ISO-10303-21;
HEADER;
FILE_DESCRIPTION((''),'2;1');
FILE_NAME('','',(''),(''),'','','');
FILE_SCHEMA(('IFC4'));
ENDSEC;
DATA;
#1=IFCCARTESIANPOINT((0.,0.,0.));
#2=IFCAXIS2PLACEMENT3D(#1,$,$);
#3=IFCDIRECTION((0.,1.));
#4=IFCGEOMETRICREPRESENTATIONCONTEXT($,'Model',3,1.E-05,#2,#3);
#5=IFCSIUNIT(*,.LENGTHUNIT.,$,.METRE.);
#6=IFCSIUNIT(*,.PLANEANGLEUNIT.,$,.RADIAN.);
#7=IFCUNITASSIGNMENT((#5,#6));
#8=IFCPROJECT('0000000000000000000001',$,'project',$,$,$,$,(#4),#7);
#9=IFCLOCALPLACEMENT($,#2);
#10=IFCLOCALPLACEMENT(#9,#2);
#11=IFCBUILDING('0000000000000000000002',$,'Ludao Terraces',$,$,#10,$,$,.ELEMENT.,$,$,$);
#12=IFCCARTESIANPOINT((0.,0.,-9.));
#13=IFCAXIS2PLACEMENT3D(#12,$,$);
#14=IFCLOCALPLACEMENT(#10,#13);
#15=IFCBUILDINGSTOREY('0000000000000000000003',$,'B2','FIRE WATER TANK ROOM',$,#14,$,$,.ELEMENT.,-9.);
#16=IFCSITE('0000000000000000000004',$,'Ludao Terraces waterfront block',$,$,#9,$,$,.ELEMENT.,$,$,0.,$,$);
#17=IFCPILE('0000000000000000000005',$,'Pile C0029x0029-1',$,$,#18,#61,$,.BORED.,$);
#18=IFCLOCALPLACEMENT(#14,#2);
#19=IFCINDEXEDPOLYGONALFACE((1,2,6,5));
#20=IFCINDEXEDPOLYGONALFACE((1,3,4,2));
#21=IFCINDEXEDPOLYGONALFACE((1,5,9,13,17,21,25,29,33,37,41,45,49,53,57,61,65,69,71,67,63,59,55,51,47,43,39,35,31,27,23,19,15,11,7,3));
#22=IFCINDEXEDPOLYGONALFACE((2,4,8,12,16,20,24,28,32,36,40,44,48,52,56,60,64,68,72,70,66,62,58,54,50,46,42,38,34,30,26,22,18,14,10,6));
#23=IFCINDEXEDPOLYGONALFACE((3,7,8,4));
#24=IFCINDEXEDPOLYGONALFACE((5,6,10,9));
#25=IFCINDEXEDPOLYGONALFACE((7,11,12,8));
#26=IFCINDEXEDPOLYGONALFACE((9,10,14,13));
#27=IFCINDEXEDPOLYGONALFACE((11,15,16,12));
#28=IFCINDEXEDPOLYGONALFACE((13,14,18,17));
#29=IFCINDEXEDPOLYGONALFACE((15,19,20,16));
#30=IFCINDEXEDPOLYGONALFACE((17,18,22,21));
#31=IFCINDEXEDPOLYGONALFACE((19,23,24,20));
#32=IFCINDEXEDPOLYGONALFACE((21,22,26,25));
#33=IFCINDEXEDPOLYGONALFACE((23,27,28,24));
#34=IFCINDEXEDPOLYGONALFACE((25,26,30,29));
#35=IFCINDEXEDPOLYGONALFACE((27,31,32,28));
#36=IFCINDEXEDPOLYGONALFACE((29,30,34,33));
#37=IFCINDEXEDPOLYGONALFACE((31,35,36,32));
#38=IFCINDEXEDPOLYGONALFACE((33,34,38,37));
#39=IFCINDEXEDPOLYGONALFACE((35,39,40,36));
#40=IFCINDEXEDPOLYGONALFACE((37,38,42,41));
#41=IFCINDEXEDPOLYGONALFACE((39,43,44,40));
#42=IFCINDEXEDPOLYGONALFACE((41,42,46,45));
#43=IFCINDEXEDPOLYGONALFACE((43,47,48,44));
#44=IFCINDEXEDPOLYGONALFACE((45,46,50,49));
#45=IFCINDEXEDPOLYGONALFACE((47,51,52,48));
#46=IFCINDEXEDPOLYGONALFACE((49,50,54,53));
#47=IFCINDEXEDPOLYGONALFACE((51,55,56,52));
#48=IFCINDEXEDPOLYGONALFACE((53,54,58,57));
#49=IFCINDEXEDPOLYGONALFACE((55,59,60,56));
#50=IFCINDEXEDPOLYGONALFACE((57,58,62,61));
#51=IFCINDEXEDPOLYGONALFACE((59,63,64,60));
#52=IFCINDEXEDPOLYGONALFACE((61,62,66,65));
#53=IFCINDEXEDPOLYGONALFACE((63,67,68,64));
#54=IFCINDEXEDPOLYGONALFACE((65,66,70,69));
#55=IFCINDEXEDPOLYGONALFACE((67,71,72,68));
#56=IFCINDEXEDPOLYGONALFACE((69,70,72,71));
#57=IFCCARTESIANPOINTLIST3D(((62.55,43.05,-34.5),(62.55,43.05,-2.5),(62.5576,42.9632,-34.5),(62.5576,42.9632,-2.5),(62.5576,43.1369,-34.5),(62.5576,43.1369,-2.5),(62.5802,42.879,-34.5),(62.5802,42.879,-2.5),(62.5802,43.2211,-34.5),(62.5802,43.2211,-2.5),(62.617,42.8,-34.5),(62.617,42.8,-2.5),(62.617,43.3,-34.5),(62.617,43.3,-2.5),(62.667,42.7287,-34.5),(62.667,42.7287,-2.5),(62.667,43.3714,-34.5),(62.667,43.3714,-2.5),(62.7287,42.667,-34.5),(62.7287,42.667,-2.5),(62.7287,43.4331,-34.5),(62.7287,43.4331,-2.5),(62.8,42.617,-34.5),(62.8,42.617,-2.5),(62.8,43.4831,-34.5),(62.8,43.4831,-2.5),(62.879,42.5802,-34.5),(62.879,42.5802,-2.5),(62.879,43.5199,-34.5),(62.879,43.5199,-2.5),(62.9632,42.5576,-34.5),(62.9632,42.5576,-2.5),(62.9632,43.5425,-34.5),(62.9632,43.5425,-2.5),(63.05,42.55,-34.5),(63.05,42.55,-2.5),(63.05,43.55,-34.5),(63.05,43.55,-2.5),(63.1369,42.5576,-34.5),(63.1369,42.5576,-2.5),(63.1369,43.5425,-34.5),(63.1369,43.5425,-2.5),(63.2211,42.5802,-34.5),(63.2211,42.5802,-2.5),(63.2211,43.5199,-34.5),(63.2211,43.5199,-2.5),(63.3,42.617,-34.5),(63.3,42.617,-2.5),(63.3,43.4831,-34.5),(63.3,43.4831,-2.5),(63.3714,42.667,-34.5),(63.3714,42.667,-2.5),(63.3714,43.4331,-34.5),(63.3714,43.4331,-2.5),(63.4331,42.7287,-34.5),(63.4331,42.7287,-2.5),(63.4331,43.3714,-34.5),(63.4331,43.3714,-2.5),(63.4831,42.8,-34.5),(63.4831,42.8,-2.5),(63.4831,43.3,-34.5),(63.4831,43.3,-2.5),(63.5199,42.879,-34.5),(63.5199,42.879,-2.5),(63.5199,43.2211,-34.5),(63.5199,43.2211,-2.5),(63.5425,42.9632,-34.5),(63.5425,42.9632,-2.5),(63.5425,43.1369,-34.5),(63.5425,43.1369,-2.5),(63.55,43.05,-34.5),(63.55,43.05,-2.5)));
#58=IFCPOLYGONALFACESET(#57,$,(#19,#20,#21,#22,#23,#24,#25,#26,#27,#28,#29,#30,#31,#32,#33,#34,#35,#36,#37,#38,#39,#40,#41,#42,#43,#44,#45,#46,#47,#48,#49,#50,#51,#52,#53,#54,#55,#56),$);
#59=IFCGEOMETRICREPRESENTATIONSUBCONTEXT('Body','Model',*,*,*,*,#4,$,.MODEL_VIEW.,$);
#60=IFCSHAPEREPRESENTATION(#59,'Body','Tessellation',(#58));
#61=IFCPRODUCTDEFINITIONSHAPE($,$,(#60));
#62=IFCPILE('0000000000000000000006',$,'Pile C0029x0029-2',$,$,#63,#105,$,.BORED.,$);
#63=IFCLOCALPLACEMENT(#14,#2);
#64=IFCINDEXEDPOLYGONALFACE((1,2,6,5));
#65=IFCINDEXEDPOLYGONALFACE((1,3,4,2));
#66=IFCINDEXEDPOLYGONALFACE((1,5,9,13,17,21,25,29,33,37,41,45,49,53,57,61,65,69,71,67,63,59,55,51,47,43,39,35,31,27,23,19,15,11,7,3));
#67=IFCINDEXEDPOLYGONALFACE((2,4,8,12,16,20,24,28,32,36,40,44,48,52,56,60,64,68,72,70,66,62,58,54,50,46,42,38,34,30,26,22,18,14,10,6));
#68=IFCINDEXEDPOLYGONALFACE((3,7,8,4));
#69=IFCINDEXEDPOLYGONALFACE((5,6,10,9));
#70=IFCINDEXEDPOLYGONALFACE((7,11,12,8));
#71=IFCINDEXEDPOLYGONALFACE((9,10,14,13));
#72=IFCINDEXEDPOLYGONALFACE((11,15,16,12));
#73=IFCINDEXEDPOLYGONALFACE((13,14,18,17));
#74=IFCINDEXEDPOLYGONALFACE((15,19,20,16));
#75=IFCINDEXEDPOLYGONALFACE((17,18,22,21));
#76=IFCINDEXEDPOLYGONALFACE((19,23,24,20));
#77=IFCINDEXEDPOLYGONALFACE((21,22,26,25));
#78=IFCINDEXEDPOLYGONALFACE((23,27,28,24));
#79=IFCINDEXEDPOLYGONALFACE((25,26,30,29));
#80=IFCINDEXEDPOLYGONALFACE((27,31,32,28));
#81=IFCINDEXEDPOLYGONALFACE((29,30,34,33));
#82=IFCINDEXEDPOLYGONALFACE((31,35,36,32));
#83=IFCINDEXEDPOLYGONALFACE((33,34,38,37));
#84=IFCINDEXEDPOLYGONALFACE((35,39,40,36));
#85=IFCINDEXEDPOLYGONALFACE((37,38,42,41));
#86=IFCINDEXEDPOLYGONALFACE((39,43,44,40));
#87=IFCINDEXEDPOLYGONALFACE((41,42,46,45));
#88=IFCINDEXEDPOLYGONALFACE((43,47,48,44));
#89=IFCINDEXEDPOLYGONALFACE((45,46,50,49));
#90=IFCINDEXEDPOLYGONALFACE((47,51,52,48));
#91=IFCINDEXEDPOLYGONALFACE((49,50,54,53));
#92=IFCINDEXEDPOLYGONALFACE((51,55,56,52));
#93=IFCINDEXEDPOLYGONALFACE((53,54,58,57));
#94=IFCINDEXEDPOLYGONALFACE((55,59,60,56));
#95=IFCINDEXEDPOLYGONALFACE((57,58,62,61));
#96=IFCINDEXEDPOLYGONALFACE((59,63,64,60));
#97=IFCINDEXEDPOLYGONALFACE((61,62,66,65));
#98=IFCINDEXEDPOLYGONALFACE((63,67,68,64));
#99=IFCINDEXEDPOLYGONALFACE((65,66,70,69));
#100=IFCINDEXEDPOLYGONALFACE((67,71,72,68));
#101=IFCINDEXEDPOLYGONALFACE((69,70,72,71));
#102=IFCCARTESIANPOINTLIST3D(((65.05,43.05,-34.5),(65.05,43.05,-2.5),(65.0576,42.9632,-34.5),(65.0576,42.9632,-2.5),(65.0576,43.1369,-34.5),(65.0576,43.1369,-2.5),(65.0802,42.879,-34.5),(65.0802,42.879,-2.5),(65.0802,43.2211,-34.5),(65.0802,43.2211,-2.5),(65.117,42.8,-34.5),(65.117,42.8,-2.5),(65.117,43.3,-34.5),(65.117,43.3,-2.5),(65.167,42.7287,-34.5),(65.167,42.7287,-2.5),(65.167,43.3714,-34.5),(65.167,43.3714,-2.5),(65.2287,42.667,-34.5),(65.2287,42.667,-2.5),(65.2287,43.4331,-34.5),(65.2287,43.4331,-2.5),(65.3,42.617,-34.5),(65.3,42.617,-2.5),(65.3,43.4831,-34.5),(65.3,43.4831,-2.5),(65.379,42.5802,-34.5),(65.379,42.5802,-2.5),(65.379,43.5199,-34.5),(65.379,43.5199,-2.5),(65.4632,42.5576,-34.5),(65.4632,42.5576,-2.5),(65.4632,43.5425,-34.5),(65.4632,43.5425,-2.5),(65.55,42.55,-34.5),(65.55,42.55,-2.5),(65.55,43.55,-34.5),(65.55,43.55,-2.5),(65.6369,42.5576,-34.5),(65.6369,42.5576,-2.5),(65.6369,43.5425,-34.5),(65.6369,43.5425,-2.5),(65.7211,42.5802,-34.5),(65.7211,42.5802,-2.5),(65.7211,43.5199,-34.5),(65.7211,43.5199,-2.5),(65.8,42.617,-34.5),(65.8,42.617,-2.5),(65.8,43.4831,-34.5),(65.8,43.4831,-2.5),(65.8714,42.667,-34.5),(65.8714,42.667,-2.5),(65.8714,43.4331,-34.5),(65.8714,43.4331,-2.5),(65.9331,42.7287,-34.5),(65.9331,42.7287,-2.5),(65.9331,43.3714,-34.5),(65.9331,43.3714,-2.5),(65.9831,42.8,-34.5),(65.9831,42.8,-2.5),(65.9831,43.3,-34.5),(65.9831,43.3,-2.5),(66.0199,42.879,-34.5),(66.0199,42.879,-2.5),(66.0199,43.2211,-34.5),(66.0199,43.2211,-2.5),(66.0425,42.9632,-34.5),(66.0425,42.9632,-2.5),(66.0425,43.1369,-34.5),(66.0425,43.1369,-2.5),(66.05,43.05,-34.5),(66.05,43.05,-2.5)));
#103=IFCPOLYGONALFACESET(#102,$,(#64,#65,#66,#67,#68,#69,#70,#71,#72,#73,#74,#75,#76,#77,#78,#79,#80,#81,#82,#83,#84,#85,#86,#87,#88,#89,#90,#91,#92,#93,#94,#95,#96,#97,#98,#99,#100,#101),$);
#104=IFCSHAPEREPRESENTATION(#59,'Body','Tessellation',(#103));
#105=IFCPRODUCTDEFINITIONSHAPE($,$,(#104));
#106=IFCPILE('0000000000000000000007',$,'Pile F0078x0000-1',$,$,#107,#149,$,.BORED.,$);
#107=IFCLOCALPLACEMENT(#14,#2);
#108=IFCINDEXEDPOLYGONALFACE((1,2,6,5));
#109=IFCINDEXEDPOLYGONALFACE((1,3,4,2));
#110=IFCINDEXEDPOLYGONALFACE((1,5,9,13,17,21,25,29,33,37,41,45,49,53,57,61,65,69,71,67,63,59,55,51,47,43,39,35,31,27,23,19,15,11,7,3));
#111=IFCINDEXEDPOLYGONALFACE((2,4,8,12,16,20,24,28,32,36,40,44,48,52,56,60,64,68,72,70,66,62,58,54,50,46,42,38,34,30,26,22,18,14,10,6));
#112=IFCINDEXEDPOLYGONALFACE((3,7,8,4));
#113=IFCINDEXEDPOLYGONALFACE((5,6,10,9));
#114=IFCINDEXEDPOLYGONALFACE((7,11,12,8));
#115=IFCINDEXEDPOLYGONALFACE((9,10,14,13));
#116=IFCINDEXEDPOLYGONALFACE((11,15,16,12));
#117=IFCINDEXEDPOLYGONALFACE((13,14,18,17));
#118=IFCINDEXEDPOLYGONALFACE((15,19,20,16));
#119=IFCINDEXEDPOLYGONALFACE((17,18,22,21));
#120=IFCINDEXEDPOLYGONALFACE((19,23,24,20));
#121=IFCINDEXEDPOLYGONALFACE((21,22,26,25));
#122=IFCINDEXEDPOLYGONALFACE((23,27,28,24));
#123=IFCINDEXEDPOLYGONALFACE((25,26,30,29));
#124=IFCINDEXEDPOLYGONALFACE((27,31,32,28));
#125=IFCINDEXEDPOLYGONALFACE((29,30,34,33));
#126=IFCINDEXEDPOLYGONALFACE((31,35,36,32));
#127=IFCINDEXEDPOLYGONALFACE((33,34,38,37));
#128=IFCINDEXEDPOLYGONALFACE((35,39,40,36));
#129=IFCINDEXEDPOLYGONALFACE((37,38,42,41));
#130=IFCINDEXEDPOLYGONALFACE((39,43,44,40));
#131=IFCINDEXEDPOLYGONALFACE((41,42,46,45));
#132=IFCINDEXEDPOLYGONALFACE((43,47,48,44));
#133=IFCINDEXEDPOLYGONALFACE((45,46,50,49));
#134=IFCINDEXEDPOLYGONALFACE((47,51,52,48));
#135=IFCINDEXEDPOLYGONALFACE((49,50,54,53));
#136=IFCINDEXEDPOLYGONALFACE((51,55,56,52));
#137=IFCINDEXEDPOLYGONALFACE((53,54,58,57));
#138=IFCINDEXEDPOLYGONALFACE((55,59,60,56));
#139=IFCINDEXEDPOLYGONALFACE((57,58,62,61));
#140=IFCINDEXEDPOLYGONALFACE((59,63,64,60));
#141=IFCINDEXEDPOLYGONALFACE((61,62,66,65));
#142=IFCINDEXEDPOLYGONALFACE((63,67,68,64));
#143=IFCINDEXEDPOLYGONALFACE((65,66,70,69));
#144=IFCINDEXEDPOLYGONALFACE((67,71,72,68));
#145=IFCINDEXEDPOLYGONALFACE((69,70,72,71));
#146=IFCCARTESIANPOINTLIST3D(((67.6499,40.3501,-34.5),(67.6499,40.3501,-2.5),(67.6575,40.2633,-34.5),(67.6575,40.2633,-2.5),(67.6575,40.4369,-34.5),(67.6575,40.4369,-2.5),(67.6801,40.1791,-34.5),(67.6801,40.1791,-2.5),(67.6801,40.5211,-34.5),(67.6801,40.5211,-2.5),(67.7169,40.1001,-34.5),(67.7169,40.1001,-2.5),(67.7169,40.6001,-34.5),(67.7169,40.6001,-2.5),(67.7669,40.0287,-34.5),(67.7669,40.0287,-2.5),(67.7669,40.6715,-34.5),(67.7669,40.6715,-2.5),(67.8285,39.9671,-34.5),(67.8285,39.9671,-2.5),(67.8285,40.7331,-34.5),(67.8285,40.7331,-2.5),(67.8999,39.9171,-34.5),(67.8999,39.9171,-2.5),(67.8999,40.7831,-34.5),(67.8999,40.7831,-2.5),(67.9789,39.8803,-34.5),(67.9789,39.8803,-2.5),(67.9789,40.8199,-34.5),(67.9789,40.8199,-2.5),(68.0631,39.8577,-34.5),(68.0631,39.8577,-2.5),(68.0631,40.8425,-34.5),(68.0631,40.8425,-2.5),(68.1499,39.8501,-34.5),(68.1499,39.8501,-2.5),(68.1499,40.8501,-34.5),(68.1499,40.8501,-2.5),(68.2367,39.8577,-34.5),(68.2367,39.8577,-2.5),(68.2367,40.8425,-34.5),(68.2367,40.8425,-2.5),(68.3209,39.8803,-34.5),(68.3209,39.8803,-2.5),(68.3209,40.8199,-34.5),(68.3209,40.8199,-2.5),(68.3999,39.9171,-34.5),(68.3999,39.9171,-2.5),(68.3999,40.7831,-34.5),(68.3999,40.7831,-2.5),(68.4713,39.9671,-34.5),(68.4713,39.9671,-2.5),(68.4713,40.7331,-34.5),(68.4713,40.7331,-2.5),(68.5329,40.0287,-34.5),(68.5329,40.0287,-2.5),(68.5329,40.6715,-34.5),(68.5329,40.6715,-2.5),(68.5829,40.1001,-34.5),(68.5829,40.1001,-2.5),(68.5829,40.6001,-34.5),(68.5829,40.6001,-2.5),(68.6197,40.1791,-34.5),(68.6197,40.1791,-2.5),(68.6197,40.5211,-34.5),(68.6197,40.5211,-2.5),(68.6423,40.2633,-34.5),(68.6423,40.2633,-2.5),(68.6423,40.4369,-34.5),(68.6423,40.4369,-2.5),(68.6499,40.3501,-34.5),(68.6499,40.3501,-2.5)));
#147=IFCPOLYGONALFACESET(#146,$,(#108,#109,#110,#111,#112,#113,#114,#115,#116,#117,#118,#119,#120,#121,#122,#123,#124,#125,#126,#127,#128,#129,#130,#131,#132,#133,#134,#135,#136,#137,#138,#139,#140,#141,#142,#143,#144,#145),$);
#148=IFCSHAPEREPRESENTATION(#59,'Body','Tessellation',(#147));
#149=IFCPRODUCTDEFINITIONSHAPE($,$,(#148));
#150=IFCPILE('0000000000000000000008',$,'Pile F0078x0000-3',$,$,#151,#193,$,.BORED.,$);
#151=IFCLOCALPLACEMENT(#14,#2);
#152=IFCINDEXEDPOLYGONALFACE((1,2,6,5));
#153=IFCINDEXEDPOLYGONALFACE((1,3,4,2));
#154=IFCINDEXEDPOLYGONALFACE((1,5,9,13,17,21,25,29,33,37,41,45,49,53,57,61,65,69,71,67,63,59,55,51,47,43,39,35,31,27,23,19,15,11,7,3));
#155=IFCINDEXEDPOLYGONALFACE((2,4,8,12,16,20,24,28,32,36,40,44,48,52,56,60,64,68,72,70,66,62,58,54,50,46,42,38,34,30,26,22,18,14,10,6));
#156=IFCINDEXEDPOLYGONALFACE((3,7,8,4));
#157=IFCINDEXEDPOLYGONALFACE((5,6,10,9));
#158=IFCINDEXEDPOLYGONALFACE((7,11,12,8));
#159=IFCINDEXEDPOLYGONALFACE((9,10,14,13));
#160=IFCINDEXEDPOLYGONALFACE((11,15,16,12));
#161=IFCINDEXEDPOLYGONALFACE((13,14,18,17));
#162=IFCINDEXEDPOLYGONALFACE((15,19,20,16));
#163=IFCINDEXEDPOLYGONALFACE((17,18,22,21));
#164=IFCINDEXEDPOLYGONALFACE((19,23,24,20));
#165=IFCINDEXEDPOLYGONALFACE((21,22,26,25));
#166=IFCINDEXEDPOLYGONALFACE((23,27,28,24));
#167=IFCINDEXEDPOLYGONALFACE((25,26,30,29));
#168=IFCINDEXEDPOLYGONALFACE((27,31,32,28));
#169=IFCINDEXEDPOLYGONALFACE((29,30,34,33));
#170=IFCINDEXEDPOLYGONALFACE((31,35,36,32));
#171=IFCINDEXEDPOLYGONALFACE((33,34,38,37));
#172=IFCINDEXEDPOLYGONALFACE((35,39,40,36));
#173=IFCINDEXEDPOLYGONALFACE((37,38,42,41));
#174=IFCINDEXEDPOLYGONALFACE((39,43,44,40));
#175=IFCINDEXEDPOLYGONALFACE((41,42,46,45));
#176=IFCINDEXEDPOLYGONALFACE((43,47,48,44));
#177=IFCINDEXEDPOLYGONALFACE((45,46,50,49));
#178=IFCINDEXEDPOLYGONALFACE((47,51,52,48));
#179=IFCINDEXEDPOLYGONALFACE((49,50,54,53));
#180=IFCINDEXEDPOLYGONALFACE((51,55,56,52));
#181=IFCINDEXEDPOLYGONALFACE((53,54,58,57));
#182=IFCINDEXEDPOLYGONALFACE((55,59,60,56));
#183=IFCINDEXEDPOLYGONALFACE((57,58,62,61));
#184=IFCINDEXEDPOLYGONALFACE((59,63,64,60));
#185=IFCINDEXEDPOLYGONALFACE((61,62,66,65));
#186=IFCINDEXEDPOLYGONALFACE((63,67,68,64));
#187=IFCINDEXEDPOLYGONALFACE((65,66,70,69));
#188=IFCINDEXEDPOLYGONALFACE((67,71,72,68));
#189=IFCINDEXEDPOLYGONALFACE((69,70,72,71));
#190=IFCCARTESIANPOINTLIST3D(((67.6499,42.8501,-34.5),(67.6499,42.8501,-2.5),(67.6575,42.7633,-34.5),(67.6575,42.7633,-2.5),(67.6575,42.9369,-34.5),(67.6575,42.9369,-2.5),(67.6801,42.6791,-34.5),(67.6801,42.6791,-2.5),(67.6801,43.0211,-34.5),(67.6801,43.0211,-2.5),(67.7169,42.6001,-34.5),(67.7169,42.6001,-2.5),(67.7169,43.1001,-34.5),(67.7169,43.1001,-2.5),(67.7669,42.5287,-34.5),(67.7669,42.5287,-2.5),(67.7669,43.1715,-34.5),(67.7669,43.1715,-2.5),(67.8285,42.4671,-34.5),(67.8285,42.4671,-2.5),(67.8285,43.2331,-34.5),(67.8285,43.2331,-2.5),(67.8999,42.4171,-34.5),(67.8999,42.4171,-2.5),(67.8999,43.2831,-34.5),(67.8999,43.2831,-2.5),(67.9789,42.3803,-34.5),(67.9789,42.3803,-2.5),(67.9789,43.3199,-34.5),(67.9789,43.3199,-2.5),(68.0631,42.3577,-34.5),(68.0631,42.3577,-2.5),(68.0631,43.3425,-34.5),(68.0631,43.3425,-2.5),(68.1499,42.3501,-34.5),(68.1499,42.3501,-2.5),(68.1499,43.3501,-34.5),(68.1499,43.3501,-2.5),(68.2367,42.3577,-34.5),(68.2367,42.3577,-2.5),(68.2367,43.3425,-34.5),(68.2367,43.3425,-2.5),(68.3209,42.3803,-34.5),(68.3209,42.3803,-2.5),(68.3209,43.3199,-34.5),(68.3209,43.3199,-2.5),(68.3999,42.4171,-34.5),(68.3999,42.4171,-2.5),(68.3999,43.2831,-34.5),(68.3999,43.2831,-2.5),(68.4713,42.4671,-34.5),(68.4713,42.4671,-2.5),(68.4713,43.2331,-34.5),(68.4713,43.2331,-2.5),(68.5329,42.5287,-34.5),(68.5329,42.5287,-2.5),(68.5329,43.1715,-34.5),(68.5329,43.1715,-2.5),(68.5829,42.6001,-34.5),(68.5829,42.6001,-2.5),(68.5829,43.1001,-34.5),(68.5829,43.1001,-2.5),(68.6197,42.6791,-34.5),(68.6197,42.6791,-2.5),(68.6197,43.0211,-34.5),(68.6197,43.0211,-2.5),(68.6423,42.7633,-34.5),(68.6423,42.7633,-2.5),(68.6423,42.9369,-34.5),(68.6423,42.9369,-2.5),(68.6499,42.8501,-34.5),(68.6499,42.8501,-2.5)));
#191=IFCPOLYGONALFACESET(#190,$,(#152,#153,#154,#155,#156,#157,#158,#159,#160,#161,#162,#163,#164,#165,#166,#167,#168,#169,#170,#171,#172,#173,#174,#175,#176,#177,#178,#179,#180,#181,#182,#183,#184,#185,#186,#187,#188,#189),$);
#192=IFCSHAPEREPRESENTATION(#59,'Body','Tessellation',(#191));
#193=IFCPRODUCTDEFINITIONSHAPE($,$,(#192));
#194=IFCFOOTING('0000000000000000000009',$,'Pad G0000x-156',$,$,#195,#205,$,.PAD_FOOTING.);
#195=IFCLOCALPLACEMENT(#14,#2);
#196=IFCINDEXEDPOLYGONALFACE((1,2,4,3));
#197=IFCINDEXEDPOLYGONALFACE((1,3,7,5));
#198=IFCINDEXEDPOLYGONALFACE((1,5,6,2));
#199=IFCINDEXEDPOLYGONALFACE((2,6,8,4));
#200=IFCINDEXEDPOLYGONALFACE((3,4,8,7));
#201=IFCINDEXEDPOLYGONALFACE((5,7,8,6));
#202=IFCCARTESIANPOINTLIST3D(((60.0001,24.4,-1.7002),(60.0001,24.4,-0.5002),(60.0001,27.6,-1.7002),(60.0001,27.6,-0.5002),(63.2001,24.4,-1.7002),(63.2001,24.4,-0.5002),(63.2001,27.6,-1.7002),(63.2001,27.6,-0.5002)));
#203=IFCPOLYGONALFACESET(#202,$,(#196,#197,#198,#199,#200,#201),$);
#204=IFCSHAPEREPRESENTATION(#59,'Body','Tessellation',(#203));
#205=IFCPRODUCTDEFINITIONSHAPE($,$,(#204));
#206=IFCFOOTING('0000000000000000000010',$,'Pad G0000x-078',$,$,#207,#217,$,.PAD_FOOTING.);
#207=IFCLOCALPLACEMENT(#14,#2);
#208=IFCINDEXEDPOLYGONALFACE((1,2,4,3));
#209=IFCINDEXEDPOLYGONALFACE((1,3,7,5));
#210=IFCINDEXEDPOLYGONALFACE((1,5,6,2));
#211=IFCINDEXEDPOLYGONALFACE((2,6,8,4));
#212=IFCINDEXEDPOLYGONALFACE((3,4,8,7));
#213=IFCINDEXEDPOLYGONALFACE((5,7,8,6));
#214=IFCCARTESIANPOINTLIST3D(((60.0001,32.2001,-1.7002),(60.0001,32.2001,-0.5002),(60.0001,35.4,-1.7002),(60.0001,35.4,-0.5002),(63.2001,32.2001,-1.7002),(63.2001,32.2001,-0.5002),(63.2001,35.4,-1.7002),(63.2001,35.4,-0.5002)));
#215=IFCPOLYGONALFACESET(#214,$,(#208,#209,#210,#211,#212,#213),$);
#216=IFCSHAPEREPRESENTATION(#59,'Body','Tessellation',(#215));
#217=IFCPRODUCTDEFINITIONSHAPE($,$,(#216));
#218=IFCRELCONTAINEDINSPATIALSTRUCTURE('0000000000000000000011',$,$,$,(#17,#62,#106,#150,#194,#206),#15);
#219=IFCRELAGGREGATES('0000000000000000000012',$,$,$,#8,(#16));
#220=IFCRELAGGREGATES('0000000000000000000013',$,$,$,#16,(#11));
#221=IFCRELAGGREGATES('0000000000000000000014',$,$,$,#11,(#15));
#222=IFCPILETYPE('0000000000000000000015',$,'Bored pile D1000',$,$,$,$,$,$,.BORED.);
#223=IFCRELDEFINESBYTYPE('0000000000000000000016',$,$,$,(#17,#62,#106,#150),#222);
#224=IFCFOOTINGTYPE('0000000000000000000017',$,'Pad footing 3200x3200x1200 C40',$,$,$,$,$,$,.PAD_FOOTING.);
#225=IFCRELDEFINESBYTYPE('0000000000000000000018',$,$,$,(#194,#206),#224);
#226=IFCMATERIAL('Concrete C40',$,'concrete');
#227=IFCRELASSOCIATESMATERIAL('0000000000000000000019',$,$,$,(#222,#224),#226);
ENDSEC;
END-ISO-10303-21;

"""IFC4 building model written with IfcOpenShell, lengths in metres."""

from ifc_helpers import new_model, si_unit, direction, frame, origin, origin_2d, place, context, subcontext, project, spatial, rectangle, circle, extrude, material, material_profile, profile_set, type_object, element, save


model = new_model("IFC4")

# Units and contexts
model_context = context("Model", 3, precision=1e-05, world=origin(), true_north=direction((0.0, 1.0)))
body_context = subcontext(model_context, "Body", "Model", "MODEL_VIEW")
ifc_project = project(units=[si_unit("LENGTHUNIT", "METRE"), si_unit("PLANEANGLEUNIT", "RADIAN")], contexts=[model_context])

# Site, building, storey
site_placement = place(None, origin())
site = spatial("IfcSite", under=ifc_project, at=site_placement, Name="Ludao Terraces waterfront block", CompositionType="ELEMENT", RefElevation=0.0)
building_placement = place(site_placement, origin())
building = spatial("IfcBuilding", under=site, at=building_placement, Name="Ludao Terraces", CompositionType="ELEMENT")
storey_placement = place(building_placement, frame((0.0, 0.0, -9.0)))
storey = spatial("IfcBuildingStorey", under=building, at=storey_placement, Name="B2", Description="FIRE WATER TANK ROOM", CompositionType="ELEMENT", Elevation=-9.0)

# Piles
ifc_material_1 = material(Name="Concrete C40", Category="concrete")
ifc_material_profile_1 = material_profile(ifc_material_1, circle(Radius=0.5, at=origin_2d()), Name="D1000 BORED PILE")
ifc_profile_set_1 = profile_set([ifc_material_profile_1], Name="Concrete C40")
pile_type = type_object("IfcPileType", Name="Bored pile D1000", PredefinedType="BORED", material=ifc_profile_set_1)
for number, where, z_axis, x_axis, name in (
    (1, (63.05, 43.05, -2.5), (0.0, 0.0, -1.0), (1.0, 0.0, 0.0), "Pile C0029x0029-1"),
    (2, (65.55, 43.05, -2.5), (0.0, 0.0, -1.0), (1.0, 0.0, 0.0), "Pile C0029x0029-2"),
    (3, (68.1499, 40.3501, -2.5), (0.0, 0.0, -1.0), (1.0, 0.0, 0.0), "Pile F0078x0000-1"),
    (4, (68.1499, 42.8501, -2.5), (0.0, 0.0, -1.0), (1.0, 0.0, 0.0), "Pile F0078x0000-3"),
):
    element("IfcPile", number, at=place(storey_placement, frame(where, z_axis=z_axis, x_axis=x_axis)), inside=storey, type_object=pile_type, Name=name, PredefinedType="BORED", context=body_context, shape_type="SweptSolid", body=[
        extrude(circle(Radius=0.5, at=origin_2d()), origin(), (0.0, 0.0, 1.0), 32.0),
    ])

# Footings
footing_type_1 = type_object("IfcFootingType", Name="Pad footing 3200x3200x1200 C40", PredefinedType="PAD_FOOTING", material=ifc_material_1)
for number, where, z_axis, x_axis, name in (
    (5, (61.6001, 26.0, -1.7002), (0.0, 0.0, 1.0), (1.0, 0.0, 0.0), "Pad G0000x-156"),
    (6, (61.6001, 33.8, -1.7002), (0.0, 0.0, 1.0), (1.0, 0.0, 0.0), "Pad G0000x-078"),
):
    element("IfcFooting", number, at=place(storey_placement, frame(where, z_axis=z_axis, x_axis=x_axis)), inside=storey, type_object=footing_type_1, Name=name, PredefinedType="PAD_FOOTING", context=body_context, shape_type="SweptSolid", body=[
        extrude(rectangle(XDim=3.2, YDim=3.2, at=origin_2d()), origin(), (0.0, 0.0, 1.0), 1.2),
    ])

save(model, "model.ifc")
